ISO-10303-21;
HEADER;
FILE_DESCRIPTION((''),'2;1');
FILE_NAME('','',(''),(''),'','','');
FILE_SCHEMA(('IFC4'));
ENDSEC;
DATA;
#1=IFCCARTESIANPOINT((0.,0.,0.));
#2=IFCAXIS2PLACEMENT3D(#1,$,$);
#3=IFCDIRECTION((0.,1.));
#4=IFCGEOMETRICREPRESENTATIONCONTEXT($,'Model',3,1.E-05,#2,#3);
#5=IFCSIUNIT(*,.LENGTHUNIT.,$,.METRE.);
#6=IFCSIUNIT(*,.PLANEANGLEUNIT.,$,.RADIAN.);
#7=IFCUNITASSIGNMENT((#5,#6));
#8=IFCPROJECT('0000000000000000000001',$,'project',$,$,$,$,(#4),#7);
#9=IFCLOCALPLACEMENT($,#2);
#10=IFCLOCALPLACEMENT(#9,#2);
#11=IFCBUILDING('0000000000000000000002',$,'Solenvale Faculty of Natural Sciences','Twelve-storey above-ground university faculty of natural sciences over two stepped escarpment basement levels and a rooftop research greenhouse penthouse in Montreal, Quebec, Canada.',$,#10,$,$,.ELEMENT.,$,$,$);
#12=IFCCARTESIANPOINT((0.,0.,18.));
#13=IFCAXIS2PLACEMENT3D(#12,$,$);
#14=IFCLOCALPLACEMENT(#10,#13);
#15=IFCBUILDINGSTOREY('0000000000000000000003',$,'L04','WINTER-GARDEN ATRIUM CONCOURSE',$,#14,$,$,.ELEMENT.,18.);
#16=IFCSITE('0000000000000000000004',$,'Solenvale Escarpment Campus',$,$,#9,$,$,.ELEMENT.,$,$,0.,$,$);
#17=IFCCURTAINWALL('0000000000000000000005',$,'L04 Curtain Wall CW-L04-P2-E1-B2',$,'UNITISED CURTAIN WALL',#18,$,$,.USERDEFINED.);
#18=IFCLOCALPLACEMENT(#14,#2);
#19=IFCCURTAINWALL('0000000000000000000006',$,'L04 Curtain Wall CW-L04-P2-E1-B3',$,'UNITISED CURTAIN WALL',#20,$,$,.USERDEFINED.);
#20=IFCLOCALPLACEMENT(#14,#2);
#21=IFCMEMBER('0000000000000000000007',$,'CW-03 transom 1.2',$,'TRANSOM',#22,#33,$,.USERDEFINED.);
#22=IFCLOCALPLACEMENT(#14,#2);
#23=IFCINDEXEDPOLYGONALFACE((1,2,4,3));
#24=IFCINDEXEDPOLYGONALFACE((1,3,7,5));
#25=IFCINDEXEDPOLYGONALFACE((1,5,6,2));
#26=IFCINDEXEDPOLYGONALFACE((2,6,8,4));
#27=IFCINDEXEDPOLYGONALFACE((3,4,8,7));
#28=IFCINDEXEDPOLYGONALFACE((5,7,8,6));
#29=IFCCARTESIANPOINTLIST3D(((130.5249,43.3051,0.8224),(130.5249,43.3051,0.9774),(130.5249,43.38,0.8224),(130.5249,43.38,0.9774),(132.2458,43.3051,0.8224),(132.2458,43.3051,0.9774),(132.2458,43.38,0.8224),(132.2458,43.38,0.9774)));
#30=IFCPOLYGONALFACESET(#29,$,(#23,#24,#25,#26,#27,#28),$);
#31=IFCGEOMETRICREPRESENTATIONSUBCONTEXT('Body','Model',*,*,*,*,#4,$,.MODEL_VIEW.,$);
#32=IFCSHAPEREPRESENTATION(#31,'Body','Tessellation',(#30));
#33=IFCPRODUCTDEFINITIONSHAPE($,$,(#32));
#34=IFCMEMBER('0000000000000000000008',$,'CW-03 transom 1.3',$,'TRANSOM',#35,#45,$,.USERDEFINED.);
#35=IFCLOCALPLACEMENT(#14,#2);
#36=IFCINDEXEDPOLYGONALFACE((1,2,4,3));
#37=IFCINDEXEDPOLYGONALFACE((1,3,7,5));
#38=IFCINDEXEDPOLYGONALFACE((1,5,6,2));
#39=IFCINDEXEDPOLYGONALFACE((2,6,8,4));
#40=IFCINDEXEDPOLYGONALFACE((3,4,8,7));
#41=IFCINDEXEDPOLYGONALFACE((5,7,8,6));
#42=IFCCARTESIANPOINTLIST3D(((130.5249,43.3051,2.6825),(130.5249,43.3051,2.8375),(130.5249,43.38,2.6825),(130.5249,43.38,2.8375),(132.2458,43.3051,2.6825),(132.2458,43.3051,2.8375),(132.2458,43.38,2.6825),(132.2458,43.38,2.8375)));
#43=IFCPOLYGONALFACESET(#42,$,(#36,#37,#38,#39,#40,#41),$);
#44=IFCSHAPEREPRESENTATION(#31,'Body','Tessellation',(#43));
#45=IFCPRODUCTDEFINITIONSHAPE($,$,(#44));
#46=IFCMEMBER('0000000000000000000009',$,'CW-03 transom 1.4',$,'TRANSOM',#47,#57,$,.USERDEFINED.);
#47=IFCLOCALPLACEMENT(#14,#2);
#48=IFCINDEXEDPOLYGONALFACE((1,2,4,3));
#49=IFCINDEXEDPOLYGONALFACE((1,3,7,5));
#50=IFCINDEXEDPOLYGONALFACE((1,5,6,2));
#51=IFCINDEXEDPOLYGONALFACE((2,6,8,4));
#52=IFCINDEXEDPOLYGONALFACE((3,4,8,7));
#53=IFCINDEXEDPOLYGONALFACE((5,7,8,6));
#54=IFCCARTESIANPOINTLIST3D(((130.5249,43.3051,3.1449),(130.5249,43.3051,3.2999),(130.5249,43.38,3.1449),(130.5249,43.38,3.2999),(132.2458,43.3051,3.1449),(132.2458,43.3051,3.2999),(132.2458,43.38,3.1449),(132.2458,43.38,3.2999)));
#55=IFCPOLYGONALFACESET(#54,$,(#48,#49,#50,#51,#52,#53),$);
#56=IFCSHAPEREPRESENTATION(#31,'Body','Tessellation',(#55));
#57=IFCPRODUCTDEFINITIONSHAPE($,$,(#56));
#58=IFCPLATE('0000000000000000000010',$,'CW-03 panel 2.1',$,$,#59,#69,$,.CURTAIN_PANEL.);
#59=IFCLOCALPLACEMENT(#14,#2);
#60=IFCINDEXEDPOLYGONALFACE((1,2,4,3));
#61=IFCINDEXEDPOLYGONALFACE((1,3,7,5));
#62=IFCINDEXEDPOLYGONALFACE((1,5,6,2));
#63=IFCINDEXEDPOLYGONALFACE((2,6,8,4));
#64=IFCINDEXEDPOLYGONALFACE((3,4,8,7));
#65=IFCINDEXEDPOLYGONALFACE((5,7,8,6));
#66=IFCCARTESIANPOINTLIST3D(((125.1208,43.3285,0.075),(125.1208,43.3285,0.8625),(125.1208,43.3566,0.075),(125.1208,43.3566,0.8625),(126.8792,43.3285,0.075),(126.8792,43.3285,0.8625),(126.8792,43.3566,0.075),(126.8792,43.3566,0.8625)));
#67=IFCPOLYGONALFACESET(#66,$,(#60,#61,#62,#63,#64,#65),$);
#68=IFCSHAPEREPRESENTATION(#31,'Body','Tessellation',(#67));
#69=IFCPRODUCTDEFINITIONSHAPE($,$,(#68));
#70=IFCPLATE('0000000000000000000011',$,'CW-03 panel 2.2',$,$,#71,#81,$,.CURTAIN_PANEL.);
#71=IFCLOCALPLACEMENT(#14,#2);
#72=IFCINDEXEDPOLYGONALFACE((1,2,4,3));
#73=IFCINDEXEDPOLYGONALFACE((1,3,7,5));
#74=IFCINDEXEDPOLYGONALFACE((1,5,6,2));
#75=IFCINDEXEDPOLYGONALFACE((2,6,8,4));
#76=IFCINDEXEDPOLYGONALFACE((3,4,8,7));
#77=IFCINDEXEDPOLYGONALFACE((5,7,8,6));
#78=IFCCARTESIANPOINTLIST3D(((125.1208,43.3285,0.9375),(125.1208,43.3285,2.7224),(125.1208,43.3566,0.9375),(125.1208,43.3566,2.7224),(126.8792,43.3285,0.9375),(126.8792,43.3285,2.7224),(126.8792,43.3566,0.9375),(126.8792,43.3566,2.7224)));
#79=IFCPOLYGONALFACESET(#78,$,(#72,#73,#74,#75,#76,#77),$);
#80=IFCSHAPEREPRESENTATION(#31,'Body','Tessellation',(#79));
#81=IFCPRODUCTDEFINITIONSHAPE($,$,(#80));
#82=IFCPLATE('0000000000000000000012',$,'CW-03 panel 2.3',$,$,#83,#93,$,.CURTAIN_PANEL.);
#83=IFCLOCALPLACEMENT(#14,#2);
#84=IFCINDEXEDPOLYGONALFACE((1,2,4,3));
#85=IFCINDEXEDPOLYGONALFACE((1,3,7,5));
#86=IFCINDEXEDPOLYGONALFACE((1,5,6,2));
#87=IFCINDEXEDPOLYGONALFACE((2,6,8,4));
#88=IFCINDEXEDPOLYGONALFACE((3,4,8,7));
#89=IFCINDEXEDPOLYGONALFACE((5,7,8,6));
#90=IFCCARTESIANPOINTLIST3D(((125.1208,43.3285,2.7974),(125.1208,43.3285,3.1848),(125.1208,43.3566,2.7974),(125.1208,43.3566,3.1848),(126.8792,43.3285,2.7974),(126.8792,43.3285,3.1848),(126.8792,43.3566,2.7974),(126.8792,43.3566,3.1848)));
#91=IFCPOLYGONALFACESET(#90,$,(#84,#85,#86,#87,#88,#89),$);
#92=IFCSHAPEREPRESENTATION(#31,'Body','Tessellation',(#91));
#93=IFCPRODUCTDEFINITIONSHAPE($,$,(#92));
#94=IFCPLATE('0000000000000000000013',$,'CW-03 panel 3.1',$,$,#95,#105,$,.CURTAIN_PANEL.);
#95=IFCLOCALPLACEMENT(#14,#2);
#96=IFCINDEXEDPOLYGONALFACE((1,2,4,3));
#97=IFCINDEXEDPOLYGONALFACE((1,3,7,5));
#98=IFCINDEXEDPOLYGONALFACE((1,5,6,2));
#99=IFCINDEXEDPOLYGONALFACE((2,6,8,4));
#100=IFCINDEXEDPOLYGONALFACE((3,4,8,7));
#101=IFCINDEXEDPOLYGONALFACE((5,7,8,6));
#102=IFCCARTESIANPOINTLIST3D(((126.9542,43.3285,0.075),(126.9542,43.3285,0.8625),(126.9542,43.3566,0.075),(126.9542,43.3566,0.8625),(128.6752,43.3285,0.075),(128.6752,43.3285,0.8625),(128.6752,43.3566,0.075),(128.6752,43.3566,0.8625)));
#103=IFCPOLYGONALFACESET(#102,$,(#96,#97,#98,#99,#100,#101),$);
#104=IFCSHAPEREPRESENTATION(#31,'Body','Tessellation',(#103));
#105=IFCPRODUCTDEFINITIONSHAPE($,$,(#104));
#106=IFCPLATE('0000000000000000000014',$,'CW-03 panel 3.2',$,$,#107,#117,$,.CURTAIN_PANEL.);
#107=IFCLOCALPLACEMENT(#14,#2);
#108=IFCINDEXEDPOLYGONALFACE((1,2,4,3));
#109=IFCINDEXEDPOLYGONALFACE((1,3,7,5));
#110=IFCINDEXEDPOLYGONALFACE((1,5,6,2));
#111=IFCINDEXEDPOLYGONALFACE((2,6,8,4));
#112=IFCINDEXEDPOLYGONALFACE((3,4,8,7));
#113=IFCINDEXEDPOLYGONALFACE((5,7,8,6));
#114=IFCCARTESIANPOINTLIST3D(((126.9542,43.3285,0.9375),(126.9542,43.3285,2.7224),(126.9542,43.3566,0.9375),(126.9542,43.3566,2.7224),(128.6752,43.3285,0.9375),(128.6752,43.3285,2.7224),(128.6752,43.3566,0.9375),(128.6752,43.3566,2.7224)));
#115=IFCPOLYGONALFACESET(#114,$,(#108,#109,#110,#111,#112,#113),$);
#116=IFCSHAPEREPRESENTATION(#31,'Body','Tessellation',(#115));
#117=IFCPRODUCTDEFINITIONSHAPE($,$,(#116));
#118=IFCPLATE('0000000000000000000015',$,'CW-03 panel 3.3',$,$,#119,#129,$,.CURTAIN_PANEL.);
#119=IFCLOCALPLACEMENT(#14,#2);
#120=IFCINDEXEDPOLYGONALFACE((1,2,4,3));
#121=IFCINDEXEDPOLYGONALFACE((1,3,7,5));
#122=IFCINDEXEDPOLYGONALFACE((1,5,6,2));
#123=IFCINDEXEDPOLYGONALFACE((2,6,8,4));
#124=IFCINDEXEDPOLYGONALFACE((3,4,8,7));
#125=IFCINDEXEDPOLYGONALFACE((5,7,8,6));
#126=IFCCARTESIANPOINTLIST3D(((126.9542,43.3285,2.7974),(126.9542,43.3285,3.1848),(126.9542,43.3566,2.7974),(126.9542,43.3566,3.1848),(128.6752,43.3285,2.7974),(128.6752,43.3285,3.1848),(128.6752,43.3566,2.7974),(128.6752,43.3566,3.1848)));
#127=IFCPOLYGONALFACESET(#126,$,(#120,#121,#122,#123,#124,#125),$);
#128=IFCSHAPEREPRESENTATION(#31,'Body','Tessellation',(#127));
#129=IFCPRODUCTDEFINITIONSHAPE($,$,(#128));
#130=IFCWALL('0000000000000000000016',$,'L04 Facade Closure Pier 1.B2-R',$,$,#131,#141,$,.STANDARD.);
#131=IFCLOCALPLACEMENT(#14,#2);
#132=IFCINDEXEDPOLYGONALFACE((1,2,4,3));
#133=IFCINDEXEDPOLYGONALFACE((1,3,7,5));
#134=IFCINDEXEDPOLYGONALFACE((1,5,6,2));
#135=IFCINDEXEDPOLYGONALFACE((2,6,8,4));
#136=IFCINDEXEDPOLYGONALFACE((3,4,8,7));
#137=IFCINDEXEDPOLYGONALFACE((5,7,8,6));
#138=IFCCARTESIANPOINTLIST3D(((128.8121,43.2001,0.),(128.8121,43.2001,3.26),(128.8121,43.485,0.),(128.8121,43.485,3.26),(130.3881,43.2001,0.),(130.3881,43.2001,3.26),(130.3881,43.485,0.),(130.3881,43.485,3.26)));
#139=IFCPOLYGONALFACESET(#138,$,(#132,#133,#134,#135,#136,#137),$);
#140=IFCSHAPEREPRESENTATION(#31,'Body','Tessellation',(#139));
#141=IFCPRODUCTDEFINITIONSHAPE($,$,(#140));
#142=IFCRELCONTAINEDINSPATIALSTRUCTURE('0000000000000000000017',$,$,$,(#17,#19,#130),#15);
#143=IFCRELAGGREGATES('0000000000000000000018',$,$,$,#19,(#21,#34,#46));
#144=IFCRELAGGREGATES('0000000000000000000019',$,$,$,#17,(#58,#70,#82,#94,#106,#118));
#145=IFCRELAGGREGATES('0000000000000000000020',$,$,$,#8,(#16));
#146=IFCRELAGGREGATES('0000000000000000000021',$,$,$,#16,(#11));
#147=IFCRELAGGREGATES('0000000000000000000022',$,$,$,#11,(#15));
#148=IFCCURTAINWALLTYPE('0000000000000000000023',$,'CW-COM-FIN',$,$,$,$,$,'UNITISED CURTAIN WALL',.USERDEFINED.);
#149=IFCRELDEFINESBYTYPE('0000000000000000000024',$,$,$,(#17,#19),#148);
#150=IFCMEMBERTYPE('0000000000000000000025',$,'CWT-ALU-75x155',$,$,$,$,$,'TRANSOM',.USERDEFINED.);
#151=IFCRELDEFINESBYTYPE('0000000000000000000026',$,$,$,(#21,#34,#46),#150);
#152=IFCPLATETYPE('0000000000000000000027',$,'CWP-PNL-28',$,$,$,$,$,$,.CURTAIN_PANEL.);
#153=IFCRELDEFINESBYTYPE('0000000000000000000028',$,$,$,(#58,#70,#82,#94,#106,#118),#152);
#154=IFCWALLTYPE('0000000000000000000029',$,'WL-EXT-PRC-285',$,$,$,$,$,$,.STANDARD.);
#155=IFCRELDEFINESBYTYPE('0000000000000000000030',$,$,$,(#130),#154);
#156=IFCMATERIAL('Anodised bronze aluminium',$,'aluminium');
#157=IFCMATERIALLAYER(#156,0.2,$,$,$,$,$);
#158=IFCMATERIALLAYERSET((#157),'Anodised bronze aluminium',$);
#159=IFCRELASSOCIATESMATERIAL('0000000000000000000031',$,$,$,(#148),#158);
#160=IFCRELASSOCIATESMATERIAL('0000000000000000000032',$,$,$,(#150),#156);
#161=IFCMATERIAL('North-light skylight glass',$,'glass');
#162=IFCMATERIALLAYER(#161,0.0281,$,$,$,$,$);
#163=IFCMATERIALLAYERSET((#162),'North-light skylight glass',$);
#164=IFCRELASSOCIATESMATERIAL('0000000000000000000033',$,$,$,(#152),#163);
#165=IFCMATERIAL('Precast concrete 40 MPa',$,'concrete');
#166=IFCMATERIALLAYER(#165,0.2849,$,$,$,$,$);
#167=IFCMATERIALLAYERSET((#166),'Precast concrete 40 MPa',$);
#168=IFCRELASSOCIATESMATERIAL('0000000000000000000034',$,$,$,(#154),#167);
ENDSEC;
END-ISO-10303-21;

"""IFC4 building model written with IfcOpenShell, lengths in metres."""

from ifc_helpers import new_model, si_unit, direction, frame, frame_2d, origin, origin_2d, place, context, subcontext, project, spatial, rectangle, extrude, material, layer, layer_set, material_profile, profile_set, type_object, element, aggregate, save


model = new_model("IFC4")

# Units and contexts
model_context = context("Model", 3, precision=1e-05, world=origin(), true_north=direction((0.0, 1.0)))
body_context = subcontext(model_context, "Body", "Model", "MODEL_VIEW")
ifc_project = project(units=[si_unit("LENGTHUNIT", "METRE"), si_unit("PLANEANGLEUNIT", "RADIAN")], contexts=[model_context])

# Site, building, storey
site_placement = place(None, origin())
site = spatial("IfcSite", under=ifc_project, at=site_placement, Name="Solenvale Escarpment Campus", CompositionType="ELEMENT", RefElevation=0.0)
building_placement = place(site_placement, origin())
building = spatial("IfcBuilding", under=site, at=building_placement, Name="Solenvale Faculty of Natural Sciences", Description="Twelve-storey above-ground university faculty of natural sciences over two stepped escarpment basement levels and a rooftop research greenhouse penthouse in Montreal, Quebec, Canada.", CompositionType="ELEMENT")
storey_placement = place(building_placement, frame((0.0, 0.0, 18.0)))
storey = spatial("IfcBuildingStorey", under=building, at=storey_placement, Name="L04", Description="WINTER-GARDEN ATRIUM CONCOURSE", CompositionType="ELEMENT", Elevation=18.0)

# Curtain wall
ifc_material_1 = material(Name="Anodised bronze aluminium", Category="aluminium")
ifc_layer_1 = layer(ifc_material_1, 0.2)
ifc_layer_set_1 = layer_set([ifc_layer_1], Name="Anodised bronze aluminium")
curtain_wall_type = type_object("IfcCurtainWallType", Name="CW-COM-FIN", ElementType="UNITISED CURTAIN WALL", PredefinedType="USERDEFINED", material=ifc_layer_set_1)
curtain_wall_1_placement = place(storey_placement, origin())
curtain_wall_1 = element("IfcCurtainWall", 1, at=curtain_wall_1_placement, inside=storey, type_object=curtain_wall_type, Name="L04 Curtain Wall CW-L04-P2-E1-B2", ObjectType="UNITISED CURTAIN WALL", PredefinedType="USERDEFINED")

# Curtain wall
curtain_wall_2_placement = place(storey_placement, origin())
curtain_wall_2 = element("IfcCurtainWall", 2, at=curtain_wall_2_placement, inside=storey, type_object=curtain_wall_type, Name="L04 Curtain Wall CW-L04-P2-E1-B3", ObjectType="UNITISED CURTAIN WALL", PredefinedType="USERDEFINED")

# Members
ifc_material_profile_1 = material_profile(ifc_material_1, rectangle(XDim=0.075, YDim=0.155, at=origin_2d()), Name="ALU-TRN-75x155")
ifc_profile_set_1 = profile_set([ifc_material_profile_1], Name="Anodised bronze aluminium")
member_type_1 = type_object("IfcMemberType", Name="CWT-ALU-75x155", ElementType="TRANSOM", PredefinedType="USERDEFINED", material=ifc_profile_set_1)
member_1_placement = place(storey_placement, frame((130.5249, 43.3425, 0.8999), z_axis=(1.0, 0.0, 0.0), x_axis=(0.0, 1.0, 0.0)))
member_1 = element("IfcMember", 3, at=member_1_placement, type_object=member_type_1, Name="CW-03 transom 1.2", ObjectType="TRANSOM", PredefinedType="USERDEFINED", context=body_context, shape_type="SweptSolid", body=[
    extrude(rectangle(XDim=0.075, YDim=0.155, at=origin_2d()), origin(), (0.0, 0.0, 1.0), 1.7209),
])
member_2_placement = place(storey_placement, frame((130.5249, 43.3425, 2.76), z_axis=(1.0, 0.0, 0.0), x_axis=(0.0, 1.0, 0.0)))
member_2 = element("IfcMember", 4, at=member_2_placement, type_object=member_type_1, Name="CW-03 transom 1.3", ObjectType="TRANSOM", PredefinedType="USERDEFINED", context=body_context, shape_type="SweptSolid", body=[
    extrude(rectangle(XDim=0.075, YDim=0.155, at=origin_2d()), origin(), (0.0, 0.0, 1.0), 1.7209),
])
member_3_placement = place(storey_placement, frame((130.5249, 43.3425, 3.2224), z_axis=(1.0, 0.0, 0.0), x_axis=(0.0, 1.0, 0.0)))
member_3 = element("IfcMember", 5, at=member_3_placement, type_object=member_type_1, Name="CW-03 transom 1.4", ObjectType="TRANSOM", PredefinedType="USERDEFINED", context=body_context, shape_type="SweptSolid", body=[
    extrude(rectangle(XDim=0.075, YDim=0.155, at=origin_2d()), origin(), (0.0, 0.0, 1.0), 1.7209),
])
aggregate(curtain_wall_2, [member_1, member_2, member_3])

# Plates
ifc_material_2 = material(Name="North-light skylight glass", Category="glass")
ifc_layer_2 = layer(ifc_material_2, 0.0281)
ifc_layer_set_2 = layer_set([ifc_layer_2], Name="North-light skylight glass")
plate_type = type_object("IfcPlateType", Name="CWP-PNL-28", PredefinedType="CURTAIN_PANEL", material=ifc_layer_set_2)
plate_1_placement = place(storey_placement, frame((126.0, 43.3425, 0.075), z_axis=(0.0, 0.0, 1.0), x_axis=(1.0, 0.0, 0.0)))
plate_1 = element("IfcPlate", 6, at=plate_1_placement, type_object=plate_type, Name="CW-03 panel 2.1", PredefinedType="CURTAIN_PANEL", context=body_context, shape_type="SweptSolid", body=[
    extrude(rectangle(XDim=1.7583, YDim=0.0281, at=origin_2d()), origin(), (0.0, 0.0, 1.0), 0.7876),
])
plate_2_placement = place(storey_placement, frame((126.0, 43.3425, 0.9375), z_axis=(0.0, 0.0, 1.0), x_axis=(1.0, 0.0, 0.0)))
plate_2 = element("IfcPlate", 7, at=plate_2_placement, type_object=plate_type, Name="CW-03 panel 2.2", PredefinedType="CURTAIN_PANEL", context=body_context, shape_type="SweptSolid", body=[
    extrude(rectangle(XDim=1.7583, YDim=0.0281, at=origin_2d()), origin(), (0.0, 0.0, 1.0), 1.7849),
])
plate_3_placement = place(storey_placement, frame((126.0, 43.3425, 2.7974), z_axis=(0.0, 0.0, 1.0), x_axis=(1.0, 0.0, 0.0)))
plate_3 = element("IfcPlate", 8, at=plate_3_placement, type_object=plate_type, Name="CW-03 panel 2.3", PredefinedType="CURTAIN_PANEL", context=body_context, shape_type="SweptSolid", body=[
    extrude(rectangle(XDim=1.7583, YDim=0.0281, at=origin_2d()), origin(), (0.0, 0.0, 1.0), 0.3875),
])
plate_4_placement = place(storey_placement, frame((127.8147, 43.3425, 0.075), z_axis=(0.0, 0.0, 1.0), x_axis=(1.0, 0.0, 0.0)))
plate_4 = element("IfcPlate", 9, at=plate_4_placement, type_object=plate_type, Name="CW-03 panel 3.1", PredefinedType="CURTAIN_PANEL", context=body_context, shape_type="SweptSolid", body=[
    extrude(rectangle(XDim=1.7209, YDim=0.0281, at=origin_2d()), origin(), (0.0, 0.0, 1.0), 0.7876),
])
plate_5_placement = place(storey_placement, frame((127.8147, 43.3425, 0.9375), z_axis=(0.0, 0.0, 1.0), x_axis=(1.0, 0.0, 0.0)))
plate_5 = element("IfcPlate", 10, at=plate_5_placement, type_object=plate_type, Name="CW-03 panel 3.2", PredefinedType="CURTAIN_PANEL", context=body_context, shape_type="SweptSolid", body=[
    extrude(rectangle(XDim=1.7209, YDim=0.0281, at=origin_2d()), origin(), (0.0, 0.0, 1.0), 1.7849),
])
plate_6_placement = place(storey_placement, frame((127.8147, 43.3425, 2.7974), z_axis=(0.0, 0.0, 1.0), x_axis=(1.0, 0.0, 0.0)))
plate_6 = element("IfcPlate", 11, at=plate_6_placement, type_object=plate_type, Name="CW-03 panel 3.3", PredefinedType="CURTAIN_PANEL", context=body_context, shape_type="SweptSolid", body=[
    extrude(rectangle(XDim=1.7209, YDim=0.0281, at=origin_2d()), origin(), (0.0, 0.0, 1.0), 0.3875),
])
aggregate(curtain_wall_1, [plate_1, plate_2, plate_3, plate_4, plate_5, plate_6])

# Wall
ifc_material_3 = material(Name="Precast concrete 40 MPa", Category="concrete")
ifc_layer_3 = layer(ifc_material_3, 0.2849)
ifc_layer_set_3 = layer_set([ifc_layer_3], Name="Precast concrete 40 MPa")
wall_type = type_object("IfcWallType", Name="WL-EXT-PRC-285", PredefinedType="STANDARD", material=ifc_layer_set_3)
wall_placement = place(storey_placement, frame((128.812, 43.3425, 0.0), z_axis=(0.0, 0.0, 1.0), x_axis=(1.0, 0.0, 0.0)))
element("IfcWall", 12, at=wall_placement, inside=storey, type_object=wall_type, Name="L04 Facade Closure Pier 1.B2-R", PredefinedType="STANDARD", context=body_context, shape_type="SweptSolid", body=[
    extrude(rectangle(XDim=1.5759, YDim=0.2849, at=frame_2d((0.7881, 0.0))), origin(), (0.0, 0.0, 1.0), 3.26),
])

save(model, "model.ifc")
